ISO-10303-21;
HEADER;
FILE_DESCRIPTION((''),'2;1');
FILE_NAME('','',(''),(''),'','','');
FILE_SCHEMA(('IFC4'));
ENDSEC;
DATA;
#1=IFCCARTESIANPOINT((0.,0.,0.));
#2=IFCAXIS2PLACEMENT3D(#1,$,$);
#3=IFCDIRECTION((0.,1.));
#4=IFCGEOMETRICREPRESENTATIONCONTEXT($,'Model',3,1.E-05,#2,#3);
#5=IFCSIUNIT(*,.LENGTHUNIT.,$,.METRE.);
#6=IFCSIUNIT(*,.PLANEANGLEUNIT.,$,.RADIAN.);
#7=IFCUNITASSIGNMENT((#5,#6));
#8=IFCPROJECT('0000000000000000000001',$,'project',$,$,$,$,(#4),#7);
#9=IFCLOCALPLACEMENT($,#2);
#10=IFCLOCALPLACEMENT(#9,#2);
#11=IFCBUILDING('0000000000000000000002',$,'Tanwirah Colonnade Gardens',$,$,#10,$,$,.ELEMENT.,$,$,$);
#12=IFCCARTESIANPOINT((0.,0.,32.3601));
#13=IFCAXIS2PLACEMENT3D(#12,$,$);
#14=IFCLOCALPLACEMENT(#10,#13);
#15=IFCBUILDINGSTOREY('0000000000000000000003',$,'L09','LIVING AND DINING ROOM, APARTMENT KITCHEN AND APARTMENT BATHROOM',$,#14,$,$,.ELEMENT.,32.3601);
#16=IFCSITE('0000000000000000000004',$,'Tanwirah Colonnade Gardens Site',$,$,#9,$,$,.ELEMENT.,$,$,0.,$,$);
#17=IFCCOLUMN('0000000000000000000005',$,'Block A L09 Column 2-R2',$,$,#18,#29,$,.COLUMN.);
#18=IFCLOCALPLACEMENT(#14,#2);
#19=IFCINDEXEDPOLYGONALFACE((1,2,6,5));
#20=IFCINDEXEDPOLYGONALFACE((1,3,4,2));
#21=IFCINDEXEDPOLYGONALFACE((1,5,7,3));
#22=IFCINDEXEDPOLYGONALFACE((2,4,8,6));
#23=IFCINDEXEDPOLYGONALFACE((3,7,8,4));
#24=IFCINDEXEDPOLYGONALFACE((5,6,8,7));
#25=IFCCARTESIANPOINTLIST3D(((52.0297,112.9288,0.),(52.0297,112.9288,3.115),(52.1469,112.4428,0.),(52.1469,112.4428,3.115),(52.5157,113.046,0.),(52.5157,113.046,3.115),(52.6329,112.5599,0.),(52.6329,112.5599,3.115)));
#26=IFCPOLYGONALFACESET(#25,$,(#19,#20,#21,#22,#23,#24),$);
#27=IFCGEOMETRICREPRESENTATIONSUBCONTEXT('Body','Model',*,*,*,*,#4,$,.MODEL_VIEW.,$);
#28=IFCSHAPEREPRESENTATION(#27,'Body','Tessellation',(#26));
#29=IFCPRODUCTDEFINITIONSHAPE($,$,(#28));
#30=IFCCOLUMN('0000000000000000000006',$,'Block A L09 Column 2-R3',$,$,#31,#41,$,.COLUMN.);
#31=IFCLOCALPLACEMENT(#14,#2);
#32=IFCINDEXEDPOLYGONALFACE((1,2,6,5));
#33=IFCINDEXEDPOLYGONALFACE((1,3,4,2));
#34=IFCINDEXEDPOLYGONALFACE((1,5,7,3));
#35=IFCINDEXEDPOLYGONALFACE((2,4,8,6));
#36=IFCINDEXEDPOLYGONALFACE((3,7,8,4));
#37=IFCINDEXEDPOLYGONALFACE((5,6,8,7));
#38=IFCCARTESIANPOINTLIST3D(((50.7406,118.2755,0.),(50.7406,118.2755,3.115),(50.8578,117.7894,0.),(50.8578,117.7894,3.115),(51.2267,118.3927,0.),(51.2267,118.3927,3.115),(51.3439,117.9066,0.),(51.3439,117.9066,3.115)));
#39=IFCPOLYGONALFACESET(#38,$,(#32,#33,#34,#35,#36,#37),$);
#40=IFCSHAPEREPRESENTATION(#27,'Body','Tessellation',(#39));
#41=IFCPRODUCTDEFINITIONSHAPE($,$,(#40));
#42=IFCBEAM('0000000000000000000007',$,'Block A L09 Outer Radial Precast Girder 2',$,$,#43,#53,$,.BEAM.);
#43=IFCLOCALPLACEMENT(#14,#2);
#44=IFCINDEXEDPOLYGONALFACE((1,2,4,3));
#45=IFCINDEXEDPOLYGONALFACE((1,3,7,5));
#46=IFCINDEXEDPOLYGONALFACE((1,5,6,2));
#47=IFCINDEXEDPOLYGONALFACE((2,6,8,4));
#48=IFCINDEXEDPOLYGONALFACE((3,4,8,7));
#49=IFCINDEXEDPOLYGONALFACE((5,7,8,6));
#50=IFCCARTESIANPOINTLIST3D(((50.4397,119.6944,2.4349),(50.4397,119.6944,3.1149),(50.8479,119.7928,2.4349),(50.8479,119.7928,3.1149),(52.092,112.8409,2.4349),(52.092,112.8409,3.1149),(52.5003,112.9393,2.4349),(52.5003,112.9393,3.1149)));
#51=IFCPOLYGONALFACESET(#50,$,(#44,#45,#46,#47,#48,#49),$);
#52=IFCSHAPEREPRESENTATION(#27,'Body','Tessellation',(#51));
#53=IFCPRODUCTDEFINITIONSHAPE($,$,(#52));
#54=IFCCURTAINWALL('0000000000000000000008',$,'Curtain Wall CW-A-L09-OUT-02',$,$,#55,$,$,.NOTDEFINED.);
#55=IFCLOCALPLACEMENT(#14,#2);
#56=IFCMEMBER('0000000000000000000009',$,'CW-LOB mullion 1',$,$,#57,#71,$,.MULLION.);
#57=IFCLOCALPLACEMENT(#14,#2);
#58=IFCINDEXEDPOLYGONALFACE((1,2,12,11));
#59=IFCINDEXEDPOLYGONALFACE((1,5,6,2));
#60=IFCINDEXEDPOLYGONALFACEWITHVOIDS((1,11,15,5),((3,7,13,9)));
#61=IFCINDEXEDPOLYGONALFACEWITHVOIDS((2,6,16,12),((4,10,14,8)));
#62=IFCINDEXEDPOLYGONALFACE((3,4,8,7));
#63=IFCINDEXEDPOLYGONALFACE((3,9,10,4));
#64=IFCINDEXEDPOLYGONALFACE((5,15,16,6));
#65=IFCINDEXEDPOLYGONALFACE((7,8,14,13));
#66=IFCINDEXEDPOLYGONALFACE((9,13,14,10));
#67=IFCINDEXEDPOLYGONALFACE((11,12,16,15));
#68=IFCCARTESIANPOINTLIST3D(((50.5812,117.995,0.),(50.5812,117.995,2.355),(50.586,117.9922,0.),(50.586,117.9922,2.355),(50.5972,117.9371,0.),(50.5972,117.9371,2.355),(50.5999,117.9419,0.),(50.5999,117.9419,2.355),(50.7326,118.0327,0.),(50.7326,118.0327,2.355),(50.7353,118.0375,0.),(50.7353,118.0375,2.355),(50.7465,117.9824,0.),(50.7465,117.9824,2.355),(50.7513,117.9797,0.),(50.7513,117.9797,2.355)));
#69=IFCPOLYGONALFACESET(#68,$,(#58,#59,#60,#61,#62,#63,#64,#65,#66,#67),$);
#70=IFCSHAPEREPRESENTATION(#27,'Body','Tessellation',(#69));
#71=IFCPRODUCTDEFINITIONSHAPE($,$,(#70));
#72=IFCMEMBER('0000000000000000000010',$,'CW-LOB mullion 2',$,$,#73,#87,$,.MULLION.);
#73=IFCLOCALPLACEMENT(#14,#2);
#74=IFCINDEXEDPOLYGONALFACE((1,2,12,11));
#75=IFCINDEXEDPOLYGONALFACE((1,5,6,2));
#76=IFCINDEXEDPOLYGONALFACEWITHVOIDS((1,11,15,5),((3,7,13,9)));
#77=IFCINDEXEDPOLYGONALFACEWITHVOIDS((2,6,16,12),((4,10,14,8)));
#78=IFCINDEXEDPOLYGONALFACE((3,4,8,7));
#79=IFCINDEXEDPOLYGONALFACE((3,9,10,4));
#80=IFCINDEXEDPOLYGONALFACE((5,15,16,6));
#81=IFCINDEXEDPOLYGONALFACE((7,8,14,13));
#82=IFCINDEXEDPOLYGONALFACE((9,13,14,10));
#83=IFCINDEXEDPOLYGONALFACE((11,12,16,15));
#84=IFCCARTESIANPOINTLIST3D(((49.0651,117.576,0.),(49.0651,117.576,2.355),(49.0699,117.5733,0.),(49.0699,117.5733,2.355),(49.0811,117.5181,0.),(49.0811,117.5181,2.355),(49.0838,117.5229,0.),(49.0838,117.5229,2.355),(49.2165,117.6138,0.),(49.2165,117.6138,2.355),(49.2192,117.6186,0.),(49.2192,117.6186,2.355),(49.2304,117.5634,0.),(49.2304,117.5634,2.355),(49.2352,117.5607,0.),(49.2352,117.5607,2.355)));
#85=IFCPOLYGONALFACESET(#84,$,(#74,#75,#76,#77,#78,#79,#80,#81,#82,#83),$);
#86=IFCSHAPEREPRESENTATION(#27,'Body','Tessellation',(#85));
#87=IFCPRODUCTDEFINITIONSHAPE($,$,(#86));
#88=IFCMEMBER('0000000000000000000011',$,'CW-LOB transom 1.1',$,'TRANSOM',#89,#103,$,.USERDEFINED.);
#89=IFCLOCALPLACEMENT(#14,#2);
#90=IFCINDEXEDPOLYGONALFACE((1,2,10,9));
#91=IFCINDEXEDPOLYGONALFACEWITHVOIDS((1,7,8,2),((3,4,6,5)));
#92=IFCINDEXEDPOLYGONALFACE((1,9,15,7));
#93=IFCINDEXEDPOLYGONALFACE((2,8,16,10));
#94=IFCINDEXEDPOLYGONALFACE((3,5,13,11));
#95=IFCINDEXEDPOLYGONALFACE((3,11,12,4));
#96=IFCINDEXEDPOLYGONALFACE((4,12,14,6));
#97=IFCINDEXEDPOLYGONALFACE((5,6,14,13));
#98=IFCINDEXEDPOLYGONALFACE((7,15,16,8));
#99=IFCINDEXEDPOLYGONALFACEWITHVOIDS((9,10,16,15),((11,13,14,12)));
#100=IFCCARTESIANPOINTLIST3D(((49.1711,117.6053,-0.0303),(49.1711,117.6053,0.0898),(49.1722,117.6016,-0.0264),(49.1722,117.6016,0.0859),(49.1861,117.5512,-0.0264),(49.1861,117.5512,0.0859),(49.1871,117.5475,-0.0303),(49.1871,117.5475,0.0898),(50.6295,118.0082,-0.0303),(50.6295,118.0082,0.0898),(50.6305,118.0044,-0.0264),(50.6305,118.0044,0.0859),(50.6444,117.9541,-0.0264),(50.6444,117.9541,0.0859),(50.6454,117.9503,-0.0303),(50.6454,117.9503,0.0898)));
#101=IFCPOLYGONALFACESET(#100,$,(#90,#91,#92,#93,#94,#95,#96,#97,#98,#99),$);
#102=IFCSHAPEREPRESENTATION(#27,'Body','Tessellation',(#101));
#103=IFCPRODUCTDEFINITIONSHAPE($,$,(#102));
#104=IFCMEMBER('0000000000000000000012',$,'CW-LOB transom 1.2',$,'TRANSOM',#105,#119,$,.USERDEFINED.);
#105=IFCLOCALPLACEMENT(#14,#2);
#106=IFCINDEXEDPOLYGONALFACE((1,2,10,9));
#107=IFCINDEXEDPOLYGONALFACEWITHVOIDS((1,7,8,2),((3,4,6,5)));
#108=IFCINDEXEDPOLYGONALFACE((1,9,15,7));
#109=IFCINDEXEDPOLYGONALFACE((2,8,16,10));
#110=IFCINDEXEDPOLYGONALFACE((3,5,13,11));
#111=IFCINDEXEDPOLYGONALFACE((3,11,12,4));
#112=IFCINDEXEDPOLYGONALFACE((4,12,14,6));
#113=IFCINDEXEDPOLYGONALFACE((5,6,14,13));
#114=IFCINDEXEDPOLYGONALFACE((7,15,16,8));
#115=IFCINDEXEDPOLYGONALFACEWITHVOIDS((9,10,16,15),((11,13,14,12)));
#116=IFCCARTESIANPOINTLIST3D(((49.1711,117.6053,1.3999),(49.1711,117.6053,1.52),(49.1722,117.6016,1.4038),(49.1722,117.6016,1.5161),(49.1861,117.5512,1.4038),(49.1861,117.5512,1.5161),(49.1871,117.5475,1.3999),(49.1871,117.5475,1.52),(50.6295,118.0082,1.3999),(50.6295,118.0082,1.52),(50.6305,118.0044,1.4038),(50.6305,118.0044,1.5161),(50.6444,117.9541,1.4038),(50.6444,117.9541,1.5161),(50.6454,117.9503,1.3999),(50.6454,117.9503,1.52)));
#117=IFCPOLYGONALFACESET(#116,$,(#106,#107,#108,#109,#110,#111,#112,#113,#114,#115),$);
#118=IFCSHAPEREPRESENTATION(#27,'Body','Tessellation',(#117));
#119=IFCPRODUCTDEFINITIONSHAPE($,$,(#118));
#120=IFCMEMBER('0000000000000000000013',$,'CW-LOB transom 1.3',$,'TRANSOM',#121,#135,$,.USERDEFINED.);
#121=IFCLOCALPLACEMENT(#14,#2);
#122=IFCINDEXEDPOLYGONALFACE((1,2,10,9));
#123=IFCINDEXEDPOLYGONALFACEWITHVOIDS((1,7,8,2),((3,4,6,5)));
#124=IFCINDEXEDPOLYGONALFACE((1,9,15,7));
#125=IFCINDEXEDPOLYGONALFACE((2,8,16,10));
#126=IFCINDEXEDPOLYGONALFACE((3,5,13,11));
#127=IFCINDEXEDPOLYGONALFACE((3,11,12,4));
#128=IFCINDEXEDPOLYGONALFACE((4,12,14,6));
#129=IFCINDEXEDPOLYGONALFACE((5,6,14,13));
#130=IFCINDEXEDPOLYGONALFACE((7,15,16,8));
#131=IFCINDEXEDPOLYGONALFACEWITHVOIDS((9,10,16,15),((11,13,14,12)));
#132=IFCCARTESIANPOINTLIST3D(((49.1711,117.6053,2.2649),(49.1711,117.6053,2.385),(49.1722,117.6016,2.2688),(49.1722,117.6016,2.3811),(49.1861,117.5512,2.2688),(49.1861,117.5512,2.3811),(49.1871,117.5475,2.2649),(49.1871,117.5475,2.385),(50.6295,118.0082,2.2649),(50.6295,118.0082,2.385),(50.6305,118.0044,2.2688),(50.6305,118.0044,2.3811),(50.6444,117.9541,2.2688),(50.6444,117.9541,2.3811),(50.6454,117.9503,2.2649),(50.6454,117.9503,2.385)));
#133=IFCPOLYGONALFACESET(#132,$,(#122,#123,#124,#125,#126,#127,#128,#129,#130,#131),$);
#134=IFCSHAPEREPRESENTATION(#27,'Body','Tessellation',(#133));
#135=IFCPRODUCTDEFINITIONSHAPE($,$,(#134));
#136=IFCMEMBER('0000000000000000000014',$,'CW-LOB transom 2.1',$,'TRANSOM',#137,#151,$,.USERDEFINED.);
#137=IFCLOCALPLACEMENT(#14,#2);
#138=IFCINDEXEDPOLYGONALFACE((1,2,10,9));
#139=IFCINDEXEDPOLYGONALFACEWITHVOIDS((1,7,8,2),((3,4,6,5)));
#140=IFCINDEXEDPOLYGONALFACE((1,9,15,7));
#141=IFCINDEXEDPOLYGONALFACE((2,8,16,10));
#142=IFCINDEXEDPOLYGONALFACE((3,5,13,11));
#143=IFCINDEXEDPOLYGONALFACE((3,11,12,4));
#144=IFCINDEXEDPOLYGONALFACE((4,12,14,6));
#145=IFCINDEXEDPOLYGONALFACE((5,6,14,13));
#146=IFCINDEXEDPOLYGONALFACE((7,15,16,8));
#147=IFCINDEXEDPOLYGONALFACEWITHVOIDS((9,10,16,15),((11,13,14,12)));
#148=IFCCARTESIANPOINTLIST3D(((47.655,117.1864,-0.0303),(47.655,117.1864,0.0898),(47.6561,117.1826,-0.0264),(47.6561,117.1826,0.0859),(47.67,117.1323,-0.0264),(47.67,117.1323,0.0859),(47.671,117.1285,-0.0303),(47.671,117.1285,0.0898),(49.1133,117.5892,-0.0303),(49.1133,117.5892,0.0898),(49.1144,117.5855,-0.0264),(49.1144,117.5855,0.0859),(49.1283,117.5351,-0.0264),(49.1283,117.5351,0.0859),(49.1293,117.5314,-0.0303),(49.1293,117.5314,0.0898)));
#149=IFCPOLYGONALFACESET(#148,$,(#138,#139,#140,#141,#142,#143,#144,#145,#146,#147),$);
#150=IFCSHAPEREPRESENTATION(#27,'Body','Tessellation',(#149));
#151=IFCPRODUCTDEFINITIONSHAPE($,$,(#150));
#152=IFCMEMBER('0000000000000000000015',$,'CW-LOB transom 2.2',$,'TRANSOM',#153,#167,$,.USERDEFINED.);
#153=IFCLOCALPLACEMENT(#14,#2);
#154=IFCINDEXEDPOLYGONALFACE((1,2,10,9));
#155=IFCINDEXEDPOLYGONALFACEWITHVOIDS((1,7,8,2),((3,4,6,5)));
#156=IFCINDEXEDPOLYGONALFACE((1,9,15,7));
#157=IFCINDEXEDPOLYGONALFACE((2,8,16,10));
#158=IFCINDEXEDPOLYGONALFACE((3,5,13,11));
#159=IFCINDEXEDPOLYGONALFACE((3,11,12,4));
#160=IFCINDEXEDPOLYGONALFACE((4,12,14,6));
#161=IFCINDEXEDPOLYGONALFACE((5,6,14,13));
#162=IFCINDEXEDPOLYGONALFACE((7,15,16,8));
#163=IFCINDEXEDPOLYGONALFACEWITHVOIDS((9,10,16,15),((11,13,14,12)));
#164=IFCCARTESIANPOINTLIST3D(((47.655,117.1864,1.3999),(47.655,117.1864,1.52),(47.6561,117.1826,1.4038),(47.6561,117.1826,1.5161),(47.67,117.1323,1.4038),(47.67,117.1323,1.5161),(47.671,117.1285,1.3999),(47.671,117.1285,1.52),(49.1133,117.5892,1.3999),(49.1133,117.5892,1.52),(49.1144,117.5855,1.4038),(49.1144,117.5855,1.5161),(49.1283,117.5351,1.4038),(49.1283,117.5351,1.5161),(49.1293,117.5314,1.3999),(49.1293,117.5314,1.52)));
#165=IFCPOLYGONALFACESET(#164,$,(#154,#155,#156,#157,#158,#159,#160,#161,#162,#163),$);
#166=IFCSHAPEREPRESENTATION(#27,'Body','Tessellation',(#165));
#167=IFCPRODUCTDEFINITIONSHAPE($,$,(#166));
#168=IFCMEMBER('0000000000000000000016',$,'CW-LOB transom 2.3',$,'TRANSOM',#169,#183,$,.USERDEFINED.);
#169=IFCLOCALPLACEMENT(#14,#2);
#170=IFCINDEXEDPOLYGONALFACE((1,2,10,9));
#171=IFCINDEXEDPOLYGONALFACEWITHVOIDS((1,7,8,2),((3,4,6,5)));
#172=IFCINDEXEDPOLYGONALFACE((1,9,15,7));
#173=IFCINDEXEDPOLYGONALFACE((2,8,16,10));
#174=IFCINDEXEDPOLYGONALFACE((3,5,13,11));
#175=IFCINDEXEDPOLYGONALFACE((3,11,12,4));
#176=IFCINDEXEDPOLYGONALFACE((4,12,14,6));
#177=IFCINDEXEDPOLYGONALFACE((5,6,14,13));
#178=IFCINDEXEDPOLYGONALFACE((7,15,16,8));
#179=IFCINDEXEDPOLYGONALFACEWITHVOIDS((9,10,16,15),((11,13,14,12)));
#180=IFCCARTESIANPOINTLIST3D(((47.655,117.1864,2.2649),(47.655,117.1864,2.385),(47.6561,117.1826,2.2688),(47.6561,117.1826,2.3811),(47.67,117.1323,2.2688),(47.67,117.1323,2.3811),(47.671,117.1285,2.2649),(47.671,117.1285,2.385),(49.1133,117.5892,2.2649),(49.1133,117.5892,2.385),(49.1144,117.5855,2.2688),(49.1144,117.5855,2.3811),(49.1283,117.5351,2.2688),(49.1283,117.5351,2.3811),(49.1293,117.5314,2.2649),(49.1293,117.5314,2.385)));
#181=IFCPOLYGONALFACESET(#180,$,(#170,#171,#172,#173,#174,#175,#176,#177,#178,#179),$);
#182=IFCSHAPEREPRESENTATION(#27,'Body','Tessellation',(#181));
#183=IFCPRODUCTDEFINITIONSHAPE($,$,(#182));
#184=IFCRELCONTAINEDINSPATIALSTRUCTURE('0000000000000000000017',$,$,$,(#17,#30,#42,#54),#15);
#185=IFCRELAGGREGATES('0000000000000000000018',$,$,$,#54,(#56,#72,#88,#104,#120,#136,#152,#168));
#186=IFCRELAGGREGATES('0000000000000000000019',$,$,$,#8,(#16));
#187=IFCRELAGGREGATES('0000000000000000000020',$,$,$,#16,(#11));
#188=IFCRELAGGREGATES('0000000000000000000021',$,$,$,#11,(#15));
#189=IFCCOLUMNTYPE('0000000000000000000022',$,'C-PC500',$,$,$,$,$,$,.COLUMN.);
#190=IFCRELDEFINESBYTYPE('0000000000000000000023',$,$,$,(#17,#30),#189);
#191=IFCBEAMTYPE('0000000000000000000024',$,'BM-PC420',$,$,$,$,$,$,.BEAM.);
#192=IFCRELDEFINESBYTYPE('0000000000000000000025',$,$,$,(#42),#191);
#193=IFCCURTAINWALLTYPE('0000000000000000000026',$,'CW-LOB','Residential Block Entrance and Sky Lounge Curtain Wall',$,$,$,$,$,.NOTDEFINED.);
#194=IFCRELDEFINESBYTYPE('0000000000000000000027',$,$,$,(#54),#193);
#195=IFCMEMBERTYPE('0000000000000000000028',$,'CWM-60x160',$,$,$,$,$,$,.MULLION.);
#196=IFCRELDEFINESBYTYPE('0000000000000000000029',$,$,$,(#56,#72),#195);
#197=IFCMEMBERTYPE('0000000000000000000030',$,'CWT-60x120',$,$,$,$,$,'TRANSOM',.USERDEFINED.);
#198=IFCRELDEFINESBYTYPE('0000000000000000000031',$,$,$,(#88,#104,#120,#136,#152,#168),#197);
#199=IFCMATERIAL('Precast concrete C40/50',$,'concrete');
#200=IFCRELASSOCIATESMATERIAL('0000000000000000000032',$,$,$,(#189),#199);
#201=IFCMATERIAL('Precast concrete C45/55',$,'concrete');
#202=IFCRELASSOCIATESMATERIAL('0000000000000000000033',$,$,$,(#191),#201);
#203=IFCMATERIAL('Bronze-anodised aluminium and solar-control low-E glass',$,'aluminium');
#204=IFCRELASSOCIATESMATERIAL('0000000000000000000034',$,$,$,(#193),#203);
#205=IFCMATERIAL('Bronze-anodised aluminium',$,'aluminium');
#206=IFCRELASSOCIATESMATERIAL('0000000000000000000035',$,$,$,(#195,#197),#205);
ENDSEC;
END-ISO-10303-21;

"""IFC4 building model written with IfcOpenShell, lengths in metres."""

from ifc_helpers import new_model, si_unit, direction, frame, origin, origin_2d, place, context, subcontext, project, spatial, rectangle, hollow_rectangle, extrude, material, material_profile, profile_set, type_object, element, aggregate, save


model = new_model("IFC4")

# Units and contexts
model_context = context("Model", 3, precision=1e-05, world=origin(), true_north=direction((0.0, 1.0)))
body_context = subcontext(model_context, "Body", "Model", "MODEL_VIEW")
ifc_project = project(units=[si_unit("LENGTHUNIT", "METRE"), si_unit("PLANEANGLEUNIT", "RADIAN")], contexts=[model_context])

# Site, building, storey
site_placement = place(None, origin())
site = spatial("IfcSite", under=ifc_project, at=site_placement, Name="Tanwirah Colonnade Gardens Site", CompositionType="ELEMENT", RefElevation=0.0)
building_placement = place(site_placement, origin())
building = spatial("IfcBuilding", under=site, at=building_placement, Name="Tanwirah Colonnade Gardens", CompositionType="ELEMENT")
storey_placement = place(building_placement, frame((0.0, 0.0, 32.3601)))
storey = spatial("IfcBuildingStorey", under=building, at=storey_placement, Name="L09", Description="LIVING AND DINING ROOM, APARTMENT KITCHEN AND APARTMENT BATHROOM", CompositionType="ELEMENT", Elevation=32.3601)

# Columns
ifc_material_1 = material(Name="Precast concrete C40/50", Category="concrete")
ifc_material_profile_1 = material_profile(ifc_material_1, rectangle(XDim=0.5, YDim=0.5, at=origin_2d()), Name="PC-COL 500x500")
ifc_profile_set_1 = profile_set([ifc_material_profile_1], Name="Precast concrete C40/50")
column_type = type_object("IfcColumnType", Name="C-PC500", PredefinedType="COLUMN", material=ifc_profile_set_1)
for number, where, z_axis, x_axis, name in (
    (1, (52.3313, 112.7444, 0.0), (0.0, 0.0, 1.0), (-0.234388, 0.972143, 0.0), "Block A L09 Column 2-R2"),
    (2, (51.0422, 118.0911, 0.0), (0.0, 0.0, 1.0), (-0.234388, 0.972143, 0.0), "Block A L09 Column 2-R3"),
):
    element("IfcColumn", number, at=place(storey_placement, frame(where, z_axis=z_axis, x_axis=x_axis)), inside=storey, type_object=column_type, Name=name, PredefinedType="COLUMN", context=body_context, shape_type="SweptSolid", body=[
        extrude(rectangle(XDim=0.5, YDim=0.5, at=origin_2d()), origin(), (0.0, 0.0, 1.0), 3.115),
    ])

# Beam
ifc_material_2 = material(Name="Precast concrete C45/55", Category="concrete")
ifc_material_profile_2 = material_profile(ifc_material_2, rectangle(XDim=0.4199, YDim=0.6799, at=origin_2d()), Name="PC-BM 420x680")
ifc_profile_set_2 = profile_set([ifc_material_profile_2], Name="Precast concrete C45/55")
beam_type_1 = type_object("IfcBeamType", Name="BM-PC420", PredefinedType="BEAM", material=ifc_profile_set_2)
beam_1_placement = place(storey_placement, frame((52.2961, 112.8901, 2.7749), z_axis=(-0.234379, 0.972145, 0.0), x_axis=(-0.972145, -0.234379, 0.0)))
element("IfcBeam", 3, at=beam_1_placement, inside=storey, type_object=beam_type_1, Name="Block A L09 Outer Radial Precast Girder 2", PredefinedType="BEAM", context=body_context, shape_type="SweptSolid", body=[
    extrude(rectangle(XDim=0.4199, YDim=0.6799, at=origin_2d()), origin(), (0.0, 0.0, 1.0), 7.0498),
])

# Curtain wall, members
ifc_material_3 = material(Name="Bronze-anodised aluminium and solar-control low-E glass", Category="aluminium")
curtain_wall_type = type_object("IfcCurtainWallType", Name="CW-LOB", Description="Residential Block Entrance and Sky Lounge Curtain Wall", PredefinedType="NOTDEFINED", material=ifc_material_3)
curtain_wall_placement = place(storey_placement, origin())
curtain_wall = element("IfcCurtainWall", 4, at=curtain_wall_placement, inside=storey, type_object=curtain_wall_type, Name="Curtain Wall CW-A-L09-OUT-02", PredefinedType="NOTDEFINED")
ifc_material_4 = material(Name="Bronze-anodised aluminium", Category="aluminium")
ifc_material_profile_3 = material_profile(ifc_material_4, hollow_rectangle(XDim=0.0601, YDim=0.1599, WallThickness=0.0039, at=origin_2d()), Name="CW-MUL 60x160x4")
ifc_profile_set_3 = profile_set([ifc_material_profile_3], Name="Bronze-anodised aluminium")
member_type_1 = type_object("IfcMemberType", Name="CWM-60x160", PredefinedType="MULLION", material=ifc_profile_set_3)
member_1_placement = place(storey_placement, frame((50.6663, 117.9873, 0.0), z_axis=(0.0, 0.0, 1.0), x_axis=(0.266304, -0.963889, 0.0)))
member_1 = element("IfcMember", 5, at=member_1_placement, type_object=member_type_1, Name="CW-LOB mullion 1", PredefinedType="MULLION", context=body_context, shape_type="SweptSolid", body=[
    extrude(hollow_rectangle(XDim=0.0601, YDim=0.1599, WallThickness=0.0039, at=origin_2d()), origin(), (0.0, 0.0, 1.0), 2.355),
])
member_2_placement = place(storey_placement, frame((49.1501, 117.5684, 0.0), z_axis=(0.0, 0.0, 1.0), x_axis=(0.266304, -0.963889, 0.0)))
member_2 = element("IfcMember", 6, at=member_2_placement, type_object=member_type_1, Name="CW-LOB mullion 2", PredefinedType="MULLION", context=body_context, shape_type="SweptSolid", body=[
    extrude(hollow_rectangle(XDim=0.0601, YDim=0.1599, WallThickness=0.0039, at=origin_2d()), origin(), (0.0, 0.0, 1.0), 2.355),
])
ifc_material_profile_4 = material_profile(ifc_material_4, hollow_rectangle(XDim=0.0601, YDim=0.1201, WallThickness=0.0039, at=origin_2d()), Name="CW-TRN 60x120x4")
ifc_profile_set_4 = profile_set([ifc_material_profile_4], Name="Bronze-anodised aluminium")
member_type_2 = type_object("IfcMemberType", Name="CWT-60x120", ElementType="TRANSOM", PredefinedType="USERDEFINED", material=ifc_profile_set_4)
member_3_placement = place(storey_placement, frame((50.6375, 117.9792, 0.0298), z_axis=(-0.963898, -0.26627, 0.0), x_axis=(0.26627, -0.963898, 0.0)))
member_3 = element("IfcMember", 7, at=member_3_placement, type_object=member_type_2, Name="CW-LOB transom 1.1", ObjectType="TRANSOM", PredefinedType="USERDEFINED", context=body_context, shape_type="SweptSolid", body=[
    extrude(hollow_rectangle(XDim=0.0601, YDim=0.1201, WallThickness=0.0039, at=origin_2d()), origin(), (0.0, 0.0, 1.0), 1.5129),
])
member_4_placement = place(storey_placement, frame((50.6375, 117.9792, 1.46), z_axis=(-0.963898, -0.26627, 0.0), x_axis=(0.26627, -0.963898, 0.0)))
member_4 = element("IfcMember", 8, at=member_4_placement, type_object=member_type_2, Name="CW-LOB transom 1.2", ObjectType="TRANSOM", PredefinedType="USERDEFINED", context=body_context, shape_type="SweptSolid", body=[
    extrude(hollow_rectangle(XDim=0.0601, YDim=0.1201, WallThickness=0.0039, at=origin_2d()), origin(), (0.0, 0.0, 1.0), 1.5129),
])
member_5_placement = place(storey_placement, frame((50.6375, 117.9792, 2.325), z_axis=(-0.963898, -0.26627, 0.0), x_axis=(0.26627, -0.963898, 0.0)))
member_5 = element("IfcMember", 9, at=member_5_placement, type_object=member_type_2, Name="CW-LOB transom 1.3", ObjectType="TRANSOM", PredefinedType="USERDEFINED", context=body_context, shape_type="SweptSolid", body=[
    extrude(hollow_rectangle(XDim=0.0601, YDim=0.1201, WallThickness=0.0039, at=origin_2d()), origin(), (0.0, 0.0, 1.0), 1.5129),
])
member_6_placement = place(storey_placement, frame((49.1213, 117.5603, 0.0298), z_axis=(-0.963898, -0.26627, 0.0), x_axis=(0.26627, -0.963898, 0.0)))
member_6 = element("IfcMember", 10, at=member_6_placement, type_object=member_type_2, Name="CW-LOB transom 2.1", ObjectType="TRANSOM", PredefinedType="USERDEFINED", context=body_context, shape_type="SweptSolid", body=[
    extrude(hollow_rectangle(XDim=0.0601, YDim=0.1201, WallThickness=0.0039, at=origin_2d()), origin(), (0.0, 0.0, 1.0), 1.5129),
])
member_7_placement = place(storey_placement, frame((49.1213, 117.5603, 1.46), z_axis=(-0.963898, -0.26627, 0.0), x_axis=(0.26627, -0.963898, 0.0)))
member_7 = element("IfcMember", 11, at=member_7_placement, type_object=member_type_2, Name="CW-LOB transom 2.2", ObjectType="TRANSOM", PredefinedType="USERDEFINED", context=body_context, shape_type="SweptSolid", body=[
    extrude(hollow_rectangle(XDim=0.0601, YDim=0.1201, WallThickness=0.0039, at=origin_2d()), origin(), (0.0, 0.0, 1.0), 1.5129),
])
member_8_placement = place(storey_placement, frame((49.1213, 117.5603, 2.325), z_axis=(-0.963898, -0.26627, 0.0), x_axis=(0.26627, -0.963898, 0.0)))
member_8 = element("IfcMember", 12, at=member_8_placement, type_object=member_type_2, Name="CW-LOB transom 2.3", ObjectType="TRANSOM", PredefinedType="USERDEFINED", context=body_context, shape_type="SweptSolid", body=[
    extrude(hollow_rectangle(XDim=0.0601, YDim=0.1201, WallThickness=0.0039, at=origin_2d()), origin(), (0.0, 0.0, 1.0), 1.5129),
])

aggregate(curtain_wall, [member_1, member_2, member_3, member_4, member_5, member_6, member_7, member_8])

save(model, "model.ifc")
